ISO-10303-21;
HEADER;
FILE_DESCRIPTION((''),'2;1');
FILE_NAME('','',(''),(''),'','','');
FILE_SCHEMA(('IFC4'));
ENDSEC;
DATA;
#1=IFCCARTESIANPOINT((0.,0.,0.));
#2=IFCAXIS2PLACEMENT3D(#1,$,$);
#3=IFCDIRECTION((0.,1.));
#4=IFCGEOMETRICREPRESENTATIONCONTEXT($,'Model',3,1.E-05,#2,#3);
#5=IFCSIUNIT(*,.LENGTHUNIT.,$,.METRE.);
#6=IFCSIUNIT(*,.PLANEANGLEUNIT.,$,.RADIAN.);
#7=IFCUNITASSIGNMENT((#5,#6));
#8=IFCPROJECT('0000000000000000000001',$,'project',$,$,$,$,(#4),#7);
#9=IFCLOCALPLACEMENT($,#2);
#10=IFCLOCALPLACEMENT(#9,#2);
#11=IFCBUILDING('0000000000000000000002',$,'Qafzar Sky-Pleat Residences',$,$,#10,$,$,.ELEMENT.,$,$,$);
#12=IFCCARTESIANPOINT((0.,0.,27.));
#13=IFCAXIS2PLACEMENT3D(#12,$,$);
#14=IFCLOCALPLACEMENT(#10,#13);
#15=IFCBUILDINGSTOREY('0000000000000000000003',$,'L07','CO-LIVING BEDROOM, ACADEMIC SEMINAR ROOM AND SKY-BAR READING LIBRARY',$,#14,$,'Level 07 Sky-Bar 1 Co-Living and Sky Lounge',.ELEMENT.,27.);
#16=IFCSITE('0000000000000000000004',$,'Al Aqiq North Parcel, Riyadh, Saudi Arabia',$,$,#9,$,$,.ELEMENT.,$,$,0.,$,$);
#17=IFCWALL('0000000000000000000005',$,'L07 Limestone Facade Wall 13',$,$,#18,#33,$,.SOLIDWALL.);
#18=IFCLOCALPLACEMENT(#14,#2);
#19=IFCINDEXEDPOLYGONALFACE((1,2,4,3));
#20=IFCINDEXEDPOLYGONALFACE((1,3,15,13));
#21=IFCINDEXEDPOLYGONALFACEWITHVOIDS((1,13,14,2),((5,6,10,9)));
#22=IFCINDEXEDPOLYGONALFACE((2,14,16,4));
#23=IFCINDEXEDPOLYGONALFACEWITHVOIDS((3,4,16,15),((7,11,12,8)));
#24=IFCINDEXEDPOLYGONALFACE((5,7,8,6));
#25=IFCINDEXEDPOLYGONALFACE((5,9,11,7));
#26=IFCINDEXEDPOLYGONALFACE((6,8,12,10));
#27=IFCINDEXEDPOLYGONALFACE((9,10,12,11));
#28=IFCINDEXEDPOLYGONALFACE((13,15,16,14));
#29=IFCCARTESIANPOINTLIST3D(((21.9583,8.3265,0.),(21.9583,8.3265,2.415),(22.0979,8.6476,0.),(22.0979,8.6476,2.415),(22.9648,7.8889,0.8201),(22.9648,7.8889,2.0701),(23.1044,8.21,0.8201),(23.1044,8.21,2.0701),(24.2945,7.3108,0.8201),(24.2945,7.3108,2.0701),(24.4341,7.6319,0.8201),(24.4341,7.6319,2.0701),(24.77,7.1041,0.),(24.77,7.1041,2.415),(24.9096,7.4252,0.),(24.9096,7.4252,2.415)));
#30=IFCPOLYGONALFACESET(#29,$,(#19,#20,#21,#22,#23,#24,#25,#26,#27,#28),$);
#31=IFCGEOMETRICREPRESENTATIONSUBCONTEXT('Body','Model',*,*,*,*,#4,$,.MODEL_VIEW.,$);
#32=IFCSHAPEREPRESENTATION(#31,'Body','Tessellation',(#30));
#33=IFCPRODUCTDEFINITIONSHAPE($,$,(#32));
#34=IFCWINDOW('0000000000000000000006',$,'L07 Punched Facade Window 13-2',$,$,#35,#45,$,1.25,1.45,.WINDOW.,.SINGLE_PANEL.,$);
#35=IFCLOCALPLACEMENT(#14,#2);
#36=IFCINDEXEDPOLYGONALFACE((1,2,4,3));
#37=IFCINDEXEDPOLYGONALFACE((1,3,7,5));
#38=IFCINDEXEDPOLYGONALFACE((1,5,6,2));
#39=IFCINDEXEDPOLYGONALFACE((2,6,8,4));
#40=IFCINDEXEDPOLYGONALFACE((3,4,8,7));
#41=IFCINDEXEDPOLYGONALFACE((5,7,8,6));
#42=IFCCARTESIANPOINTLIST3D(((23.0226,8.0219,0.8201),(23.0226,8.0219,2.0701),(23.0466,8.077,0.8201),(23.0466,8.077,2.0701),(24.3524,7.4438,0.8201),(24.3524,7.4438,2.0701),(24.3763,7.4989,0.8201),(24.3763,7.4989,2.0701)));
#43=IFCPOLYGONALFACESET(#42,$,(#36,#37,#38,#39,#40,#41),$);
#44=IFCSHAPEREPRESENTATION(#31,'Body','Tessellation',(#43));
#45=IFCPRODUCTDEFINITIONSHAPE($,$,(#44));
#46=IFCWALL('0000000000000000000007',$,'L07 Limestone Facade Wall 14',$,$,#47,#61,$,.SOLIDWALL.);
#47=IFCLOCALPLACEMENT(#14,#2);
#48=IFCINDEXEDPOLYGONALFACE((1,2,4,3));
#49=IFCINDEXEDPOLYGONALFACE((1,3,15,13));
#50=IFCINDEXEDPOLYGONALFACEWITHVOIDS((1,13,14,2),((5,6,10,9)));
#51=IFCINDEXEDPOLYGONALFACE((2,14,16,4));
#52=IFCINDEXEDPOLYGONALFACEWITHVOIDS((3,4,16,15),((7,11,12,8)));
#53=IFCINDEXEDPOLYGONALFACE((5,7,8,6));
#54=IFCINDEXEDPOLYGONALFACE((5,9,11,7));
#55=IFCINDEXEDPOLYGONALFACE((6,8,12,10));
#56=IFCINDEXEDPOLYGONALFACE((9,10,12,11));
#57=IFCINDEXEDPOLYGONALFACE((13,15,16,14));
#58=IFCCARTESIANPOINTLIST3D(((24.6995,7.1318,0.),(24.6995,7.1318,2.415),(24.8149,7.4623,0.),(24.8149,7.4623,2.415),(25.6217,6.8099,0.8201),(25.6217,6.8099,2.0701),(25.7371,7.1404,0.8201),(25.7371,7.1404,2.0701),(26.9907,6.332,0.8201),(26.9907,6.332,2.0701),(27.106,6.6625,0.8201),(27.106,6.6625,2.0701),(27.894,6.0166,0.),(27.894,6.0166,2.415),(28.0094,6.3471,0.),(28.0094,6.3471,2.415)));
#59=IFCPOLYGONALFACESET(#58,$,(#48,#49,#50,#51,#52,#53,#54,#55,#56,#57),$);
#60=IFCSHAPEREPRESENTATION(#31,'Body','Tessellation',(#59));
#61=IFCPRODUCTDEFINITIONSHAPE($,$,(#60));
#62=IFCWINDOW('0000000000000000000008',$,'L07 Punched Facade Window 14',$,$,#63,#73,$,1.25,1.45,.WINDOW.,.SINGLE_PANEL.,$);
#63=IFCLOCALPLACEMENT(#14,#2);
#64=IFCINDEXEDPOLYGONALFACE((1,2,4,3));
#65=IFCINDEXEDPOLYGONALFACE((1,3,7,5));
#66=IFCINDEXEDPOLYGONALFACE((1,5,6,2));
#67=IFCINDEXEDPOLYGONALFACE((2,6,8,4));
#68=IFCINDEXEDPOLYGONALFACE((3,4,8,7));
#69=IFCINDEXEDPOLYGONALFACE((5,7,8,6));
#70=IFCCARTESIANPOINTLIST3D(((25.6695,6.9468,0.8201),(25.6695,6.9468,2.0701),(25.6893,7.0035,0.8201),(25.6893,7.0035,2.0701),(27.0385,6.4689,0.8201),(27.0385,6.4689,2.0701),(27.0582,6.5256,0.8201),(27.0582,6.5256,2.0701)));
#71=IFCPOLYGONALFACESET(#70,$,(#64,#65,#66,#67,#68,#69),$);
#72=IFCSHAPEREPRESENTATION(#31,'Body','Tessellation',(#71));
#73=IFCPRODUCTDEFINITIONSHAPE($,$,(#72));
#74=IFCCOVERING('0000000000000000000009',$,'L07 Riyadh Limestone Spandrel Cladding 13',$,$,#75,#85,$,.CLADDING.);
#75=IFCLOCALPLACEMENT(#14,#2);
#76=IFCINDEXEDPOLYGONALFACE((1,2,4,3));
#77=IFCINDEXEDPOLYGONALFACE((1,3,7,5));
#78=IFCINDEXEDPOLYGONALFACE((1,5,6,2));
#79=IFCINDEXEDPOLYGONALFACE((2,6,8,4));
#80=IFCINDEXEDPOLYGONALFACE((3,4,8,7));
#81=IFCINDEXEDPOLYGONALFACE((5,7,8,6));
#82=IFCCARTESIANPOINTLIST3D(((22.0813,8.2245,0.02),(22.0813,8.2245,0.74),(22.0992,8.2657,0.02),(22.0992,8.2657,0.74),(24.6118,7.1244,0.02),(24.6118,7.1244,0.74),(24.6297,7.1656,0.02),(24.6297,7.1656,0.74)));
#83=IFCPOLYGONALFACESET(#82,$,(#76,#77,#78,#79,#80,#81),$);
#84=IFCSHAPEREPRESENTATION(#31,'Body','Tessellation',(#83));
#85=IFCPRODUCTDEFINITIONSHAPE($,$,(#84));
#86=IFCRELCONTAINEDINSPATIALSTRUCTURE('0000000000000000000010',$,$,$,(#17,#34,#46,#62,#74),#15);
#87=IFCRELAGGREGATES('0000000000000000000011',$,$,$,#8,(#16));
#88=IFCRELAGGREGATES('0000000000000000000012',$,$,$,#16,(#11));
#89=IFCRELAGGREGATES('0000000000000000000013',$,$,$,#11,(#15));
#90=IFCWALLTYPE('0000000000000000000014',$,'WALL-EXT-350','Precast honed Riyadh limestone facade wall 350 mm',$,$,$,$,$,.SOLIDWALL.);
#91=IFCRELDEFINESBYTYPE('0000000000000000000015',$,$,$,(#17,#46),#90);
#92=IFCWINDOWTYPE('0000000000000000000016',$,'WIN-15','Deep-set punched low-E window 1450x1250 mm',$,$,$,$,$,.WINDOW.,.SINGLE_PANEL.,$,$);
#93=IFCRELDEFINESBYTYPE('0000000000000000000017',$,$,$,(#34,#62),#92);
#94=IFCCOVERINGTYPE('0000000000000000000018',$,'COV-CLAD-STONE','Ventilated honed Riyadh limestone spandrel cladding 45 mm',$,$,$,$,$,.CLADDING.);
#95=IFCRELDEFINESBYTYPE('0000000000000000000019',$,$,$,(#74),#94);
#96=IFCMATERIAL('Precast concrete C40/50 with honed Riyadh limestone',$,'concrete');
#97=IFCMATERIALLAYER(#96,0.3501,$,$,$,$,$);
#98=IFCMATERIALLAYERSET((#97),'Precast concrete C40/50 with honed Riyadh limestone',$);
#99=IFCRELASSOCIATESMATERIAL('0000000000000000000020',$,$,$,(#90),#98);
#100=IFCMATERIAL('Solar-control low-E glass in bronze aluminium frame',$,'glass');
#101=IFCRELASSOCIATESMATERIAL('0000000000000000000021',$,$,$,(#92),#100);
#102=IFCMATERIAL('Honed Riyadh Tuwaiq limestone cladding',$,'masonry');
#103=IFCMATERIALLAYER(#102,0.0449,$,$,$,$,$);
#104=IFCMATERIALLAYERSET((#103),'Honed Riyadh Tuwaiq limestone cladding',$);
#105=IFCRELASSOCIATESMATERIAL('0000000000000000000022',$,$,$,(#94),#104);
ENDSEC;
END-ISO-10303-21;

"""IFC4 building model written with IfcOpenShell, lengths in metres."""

from ifc_helpers import new_model, si_unit, direction, frame, frame_2d, origin, origin_2d, place, context, subcontext, project, spatial, rectangle, extrude, source, transform, mapped, material, layer, layer_set, type_object, element, fill, save


model = new_model("IFC4")

# Units and contexts
model_context = context("Model", 3, precision=1e-05, world=origin(), true_north=direction((0.0, 1.0)))
body_context = subcontext(model_context, "Body", "Model", "MODEL_VIEW")
ifc_project = project(units=[si_unit("LENGTHUNIT", "METRE"), si_unit("PLANEANGLEUNIT", "RADIAN")], contexts=[model_context])

# Site, building, storey
site_placement = place(None, origin())
site = spatial("IfcSite", under=ifc_project, at=site_placement, Name="Al Aqiq North Parcel, Riyadh, Saudi Arabia", CompositionType="ELEMENT", RefElevation=0.0)
building_placement = place(site_placement, origin())
building = spatial("IfcBuilding", under=site, at=building_placement, Name="Qafzar Sky-Pleat Residences", CompositionType="ELEMENT")
storey_placement = place(building_placement, frame((0.0, 0.0, 27.0)))
storey = spatial("IfcBuildingStorey", under=building, at=storey_placement, Name="L07", Description="CO-LIVING BEDROOM, ACADEMIC SEMINAR ROOM AND SKY-BAR READING LIBRARY", LongName="Level 07 Sky-Bar 1 Co-Living and Sky Lounge", CompositionType="ELEMENT", Elevation=27.0)

# Walls, openings, windows
ifc_material_1 = material(Name="Precast concrete C40/50 with honed Riyadh limestone", Category="concrete")
ifc_layer_1 = layer(ifc_material_1, 0.3501)
ifc_layer_set_1 = layer_set([ifc_layer_1], Name="Precast concrete C40/50 with honed Riyadh limestone")
wall_type_1 = type_object("IfcWallType", Name="WALL-EXT-350", Description="Precast honed Riyadh limestone facade wall 350 mm", PredefinedType="SOLIDWALL", material=ifc_layer_set_1)
wall_1_placement = place(storey_placement, frame((22.0281, 8.4871, 0.0), z_axis=(0.0, 0.0, 1.0), x_axis=(0.917081, -0.3987, 0.0)))
wall_1 = element("IfcWall", 1, at=wall_1_placement, inside=storey, type_object=wall_type_1, Name="L07 Limestone Facade Wall 13", PredefinedType="SOLIDWALL", context=body_context, shape_type="SweptSolid", body=[
    extrude(rectangle(XDim=3.0659, YDim=0.3501, at=frame_2d((1.533, 0.0))), origin(), (0.0, 0.0, 1.0), 2.415),
])
opening_1_placement = place(wall_1_placement, frame((1.0974, 0.0, 0.8201)))
opening_1 = element("IfcOpeningElement", 2, at=opening_1_placement, cuts=wall_1, PredefinedType="OPENING", context=body_context, shape_type="SweptSolid", body=[
    extrude(rectangle(XDim=1.45, YDim=1.25, at=frame_2d((0.7251, 0.625))), frame((0.0, 0.1851, 0.0), z_axis=(0.0, -1.0, 0.0), x_axis=(1.0, 0.0, 0.0)), (0.0, 0.0, 1.0), 0.3701),
])
ifc_material_2 = material(Name="Solar-control low-E glass in bronze aluminium frame", Category="glass")
window_type = type_object("IfcWindowType", Name="WIN-15", Description="Deep-set punched low-E window 1450x1250 mm", PartitioningType="SINGLE_PANEL", PredefinedType="WINDOW", material=ifc_material_2)
shared_shape_1 = source(origin(), body_context, "Body", "SweptSolid", [
    extrude(rectangle(XDim=1.45, YDim=1.25, at=frame_2d((0.7251, 0.625))), frame((0.0, 0.03, 0.0), z_axis=(0.0, -1.0, 0.0), x_axis=(1.0, 0.0, 0.0)), (0.0, 0.0, 1.0), 0.0601),
])
window_1_placement = place(opening_1_placement, origin())
window_1 = element("IfcWindow", 3, at=window_1_placement, inside=storey, type_object=window_type, Name="L07 Punched Facade Window 13-2", OverallHeight=1.25, OverallWidth=1.45, PartitioningType="SINGLE_PANEL", PredefinedType="WINDOW", context=body_context, shape_type="MappedRepresentation", body=[
    mapped(shared_shape_1, transform((0.0, 0.0, 0.0), x_axis=(1.0, 0.0, 0.0), y_axis=(0.0, 1.0, 0.0), z_axis=(0.0, 0.0, 1.0), scale=1.0)),
])
fill(opening_1, window_1)
wall_2_placement = place(storey_placement, frame((24.7571, 7.2971, 0.0), z_axis=(0.0, 0.0, 1.0), x_axis=(0.944122, -0.329595, 0.0)))
wall_2 = element("IfcWall", 4, at=wall_2_placement, inside=storey, type_object=wall_type_1, Name="L07 Limestone Facade Wall 14", PredefinedType="SOLIDWALL", context=body_context, shape_type="SweptSolid", body=[
    extrude(rectangle(XDim=3.3835, YDim=0.3501, at=frame_2d((1.6919, 0.0))), origin(), (0.0, 0.0, 1.0), 2.415),
])
opening_2_placement = place(wall_2_placement, frame((0.9768, 0.0, 0.8201)))
opening_2 = element("IfcOpeningElement", 5, at=opening_2_placement, cuts=wall_2, PredefinedType="OPENING", context=body_context, shape_type="SweptSolid", body=[
    extrude(rectangle(XDim=1.45, YDim=1.25, at=frame_2d((0.7251, 0.625))), frame((0.0, 0.1851, 0.0), z_axis=(0.0, -1.0, 0.0), x_axis=(1.0, 0.0, 0.0)), (0.0, 0.0, 1.0), 0.3701),
])
window_2_placement = place(opening_2_placement, origin())
window_2 = element("IfcWindow", 6, at=window_2_placement, inside=storey, type_object=window_type, Name="L07 Punched Facade Window 14", OverallHeight=1.25, OverallWidth=1.45, PartitioningType="SINGLE_PANEL", PredefinedType="WINDOW", context=body_context, shape_type="MappedRepresentation", body=[
    mapped(shared_shape_1, transform((0.0, 0.0, 0.0), x_axis=(1.0, 0.0, 0.0), y_axis=(0.0, 1.0, 0.0), z_axis=(0.0, 0.0, 1.0), scale=1.0)),
])
fill(opening_2, window_2)

# Covering
ifc_material_3 = material(Name="Honed Riyadh Tuwaiq limestone cladding", Category="masonry")
ifc_layer_2 = layer(ifc_material_3, 0.0449)
ifc_layer_set_2 = layer_set([ifc_layer_2], Name="Honed Riyadh Tuwaiq limestone cladding")
covering_type = type_object("IfcCoveringType", Name="COV-CLAD-STONE", Description="Ventilated honed Riyadh limestone spandrel cladding 45 mm", PredefinedType="CLADDING", material=ifc_layer_set_2)
shared_shape_2 = source(origin(), body_context, "Body", "SweptSolid", [
    extrude(rectangle(XDim=2.7593, YDim=0.0449, at=origin_2d()), origin(), (0.0, 0.0, 1.0), 0.72),
])
covering_placement = place(storey_placement, frame((23.3555, 7.6951, 0.02), z_axis=(0.0, 0.0, 1.0), x_axis=(0.917079, -0.398705, 0.0)))
element("IfcCovering", 7, at=covering_placement, inside=storey, type_object=covering_type, Name="L07 Riyadh Limestone Spandrel Cladding 13", PredefinedType="CLADDING", context=body_context, shape_type="MappedRepresentation", body=[
    mapped(shared_shape_2, transform((0.0, 0.0, 0.0), x_axis=(1.0, 0.0, 0.0), y_axis=(0.0, 1.0, 0.0), z_axis=(0.0, 0.0, 1.0), scale=1.0)),
])

save(model, "model.ifc")
